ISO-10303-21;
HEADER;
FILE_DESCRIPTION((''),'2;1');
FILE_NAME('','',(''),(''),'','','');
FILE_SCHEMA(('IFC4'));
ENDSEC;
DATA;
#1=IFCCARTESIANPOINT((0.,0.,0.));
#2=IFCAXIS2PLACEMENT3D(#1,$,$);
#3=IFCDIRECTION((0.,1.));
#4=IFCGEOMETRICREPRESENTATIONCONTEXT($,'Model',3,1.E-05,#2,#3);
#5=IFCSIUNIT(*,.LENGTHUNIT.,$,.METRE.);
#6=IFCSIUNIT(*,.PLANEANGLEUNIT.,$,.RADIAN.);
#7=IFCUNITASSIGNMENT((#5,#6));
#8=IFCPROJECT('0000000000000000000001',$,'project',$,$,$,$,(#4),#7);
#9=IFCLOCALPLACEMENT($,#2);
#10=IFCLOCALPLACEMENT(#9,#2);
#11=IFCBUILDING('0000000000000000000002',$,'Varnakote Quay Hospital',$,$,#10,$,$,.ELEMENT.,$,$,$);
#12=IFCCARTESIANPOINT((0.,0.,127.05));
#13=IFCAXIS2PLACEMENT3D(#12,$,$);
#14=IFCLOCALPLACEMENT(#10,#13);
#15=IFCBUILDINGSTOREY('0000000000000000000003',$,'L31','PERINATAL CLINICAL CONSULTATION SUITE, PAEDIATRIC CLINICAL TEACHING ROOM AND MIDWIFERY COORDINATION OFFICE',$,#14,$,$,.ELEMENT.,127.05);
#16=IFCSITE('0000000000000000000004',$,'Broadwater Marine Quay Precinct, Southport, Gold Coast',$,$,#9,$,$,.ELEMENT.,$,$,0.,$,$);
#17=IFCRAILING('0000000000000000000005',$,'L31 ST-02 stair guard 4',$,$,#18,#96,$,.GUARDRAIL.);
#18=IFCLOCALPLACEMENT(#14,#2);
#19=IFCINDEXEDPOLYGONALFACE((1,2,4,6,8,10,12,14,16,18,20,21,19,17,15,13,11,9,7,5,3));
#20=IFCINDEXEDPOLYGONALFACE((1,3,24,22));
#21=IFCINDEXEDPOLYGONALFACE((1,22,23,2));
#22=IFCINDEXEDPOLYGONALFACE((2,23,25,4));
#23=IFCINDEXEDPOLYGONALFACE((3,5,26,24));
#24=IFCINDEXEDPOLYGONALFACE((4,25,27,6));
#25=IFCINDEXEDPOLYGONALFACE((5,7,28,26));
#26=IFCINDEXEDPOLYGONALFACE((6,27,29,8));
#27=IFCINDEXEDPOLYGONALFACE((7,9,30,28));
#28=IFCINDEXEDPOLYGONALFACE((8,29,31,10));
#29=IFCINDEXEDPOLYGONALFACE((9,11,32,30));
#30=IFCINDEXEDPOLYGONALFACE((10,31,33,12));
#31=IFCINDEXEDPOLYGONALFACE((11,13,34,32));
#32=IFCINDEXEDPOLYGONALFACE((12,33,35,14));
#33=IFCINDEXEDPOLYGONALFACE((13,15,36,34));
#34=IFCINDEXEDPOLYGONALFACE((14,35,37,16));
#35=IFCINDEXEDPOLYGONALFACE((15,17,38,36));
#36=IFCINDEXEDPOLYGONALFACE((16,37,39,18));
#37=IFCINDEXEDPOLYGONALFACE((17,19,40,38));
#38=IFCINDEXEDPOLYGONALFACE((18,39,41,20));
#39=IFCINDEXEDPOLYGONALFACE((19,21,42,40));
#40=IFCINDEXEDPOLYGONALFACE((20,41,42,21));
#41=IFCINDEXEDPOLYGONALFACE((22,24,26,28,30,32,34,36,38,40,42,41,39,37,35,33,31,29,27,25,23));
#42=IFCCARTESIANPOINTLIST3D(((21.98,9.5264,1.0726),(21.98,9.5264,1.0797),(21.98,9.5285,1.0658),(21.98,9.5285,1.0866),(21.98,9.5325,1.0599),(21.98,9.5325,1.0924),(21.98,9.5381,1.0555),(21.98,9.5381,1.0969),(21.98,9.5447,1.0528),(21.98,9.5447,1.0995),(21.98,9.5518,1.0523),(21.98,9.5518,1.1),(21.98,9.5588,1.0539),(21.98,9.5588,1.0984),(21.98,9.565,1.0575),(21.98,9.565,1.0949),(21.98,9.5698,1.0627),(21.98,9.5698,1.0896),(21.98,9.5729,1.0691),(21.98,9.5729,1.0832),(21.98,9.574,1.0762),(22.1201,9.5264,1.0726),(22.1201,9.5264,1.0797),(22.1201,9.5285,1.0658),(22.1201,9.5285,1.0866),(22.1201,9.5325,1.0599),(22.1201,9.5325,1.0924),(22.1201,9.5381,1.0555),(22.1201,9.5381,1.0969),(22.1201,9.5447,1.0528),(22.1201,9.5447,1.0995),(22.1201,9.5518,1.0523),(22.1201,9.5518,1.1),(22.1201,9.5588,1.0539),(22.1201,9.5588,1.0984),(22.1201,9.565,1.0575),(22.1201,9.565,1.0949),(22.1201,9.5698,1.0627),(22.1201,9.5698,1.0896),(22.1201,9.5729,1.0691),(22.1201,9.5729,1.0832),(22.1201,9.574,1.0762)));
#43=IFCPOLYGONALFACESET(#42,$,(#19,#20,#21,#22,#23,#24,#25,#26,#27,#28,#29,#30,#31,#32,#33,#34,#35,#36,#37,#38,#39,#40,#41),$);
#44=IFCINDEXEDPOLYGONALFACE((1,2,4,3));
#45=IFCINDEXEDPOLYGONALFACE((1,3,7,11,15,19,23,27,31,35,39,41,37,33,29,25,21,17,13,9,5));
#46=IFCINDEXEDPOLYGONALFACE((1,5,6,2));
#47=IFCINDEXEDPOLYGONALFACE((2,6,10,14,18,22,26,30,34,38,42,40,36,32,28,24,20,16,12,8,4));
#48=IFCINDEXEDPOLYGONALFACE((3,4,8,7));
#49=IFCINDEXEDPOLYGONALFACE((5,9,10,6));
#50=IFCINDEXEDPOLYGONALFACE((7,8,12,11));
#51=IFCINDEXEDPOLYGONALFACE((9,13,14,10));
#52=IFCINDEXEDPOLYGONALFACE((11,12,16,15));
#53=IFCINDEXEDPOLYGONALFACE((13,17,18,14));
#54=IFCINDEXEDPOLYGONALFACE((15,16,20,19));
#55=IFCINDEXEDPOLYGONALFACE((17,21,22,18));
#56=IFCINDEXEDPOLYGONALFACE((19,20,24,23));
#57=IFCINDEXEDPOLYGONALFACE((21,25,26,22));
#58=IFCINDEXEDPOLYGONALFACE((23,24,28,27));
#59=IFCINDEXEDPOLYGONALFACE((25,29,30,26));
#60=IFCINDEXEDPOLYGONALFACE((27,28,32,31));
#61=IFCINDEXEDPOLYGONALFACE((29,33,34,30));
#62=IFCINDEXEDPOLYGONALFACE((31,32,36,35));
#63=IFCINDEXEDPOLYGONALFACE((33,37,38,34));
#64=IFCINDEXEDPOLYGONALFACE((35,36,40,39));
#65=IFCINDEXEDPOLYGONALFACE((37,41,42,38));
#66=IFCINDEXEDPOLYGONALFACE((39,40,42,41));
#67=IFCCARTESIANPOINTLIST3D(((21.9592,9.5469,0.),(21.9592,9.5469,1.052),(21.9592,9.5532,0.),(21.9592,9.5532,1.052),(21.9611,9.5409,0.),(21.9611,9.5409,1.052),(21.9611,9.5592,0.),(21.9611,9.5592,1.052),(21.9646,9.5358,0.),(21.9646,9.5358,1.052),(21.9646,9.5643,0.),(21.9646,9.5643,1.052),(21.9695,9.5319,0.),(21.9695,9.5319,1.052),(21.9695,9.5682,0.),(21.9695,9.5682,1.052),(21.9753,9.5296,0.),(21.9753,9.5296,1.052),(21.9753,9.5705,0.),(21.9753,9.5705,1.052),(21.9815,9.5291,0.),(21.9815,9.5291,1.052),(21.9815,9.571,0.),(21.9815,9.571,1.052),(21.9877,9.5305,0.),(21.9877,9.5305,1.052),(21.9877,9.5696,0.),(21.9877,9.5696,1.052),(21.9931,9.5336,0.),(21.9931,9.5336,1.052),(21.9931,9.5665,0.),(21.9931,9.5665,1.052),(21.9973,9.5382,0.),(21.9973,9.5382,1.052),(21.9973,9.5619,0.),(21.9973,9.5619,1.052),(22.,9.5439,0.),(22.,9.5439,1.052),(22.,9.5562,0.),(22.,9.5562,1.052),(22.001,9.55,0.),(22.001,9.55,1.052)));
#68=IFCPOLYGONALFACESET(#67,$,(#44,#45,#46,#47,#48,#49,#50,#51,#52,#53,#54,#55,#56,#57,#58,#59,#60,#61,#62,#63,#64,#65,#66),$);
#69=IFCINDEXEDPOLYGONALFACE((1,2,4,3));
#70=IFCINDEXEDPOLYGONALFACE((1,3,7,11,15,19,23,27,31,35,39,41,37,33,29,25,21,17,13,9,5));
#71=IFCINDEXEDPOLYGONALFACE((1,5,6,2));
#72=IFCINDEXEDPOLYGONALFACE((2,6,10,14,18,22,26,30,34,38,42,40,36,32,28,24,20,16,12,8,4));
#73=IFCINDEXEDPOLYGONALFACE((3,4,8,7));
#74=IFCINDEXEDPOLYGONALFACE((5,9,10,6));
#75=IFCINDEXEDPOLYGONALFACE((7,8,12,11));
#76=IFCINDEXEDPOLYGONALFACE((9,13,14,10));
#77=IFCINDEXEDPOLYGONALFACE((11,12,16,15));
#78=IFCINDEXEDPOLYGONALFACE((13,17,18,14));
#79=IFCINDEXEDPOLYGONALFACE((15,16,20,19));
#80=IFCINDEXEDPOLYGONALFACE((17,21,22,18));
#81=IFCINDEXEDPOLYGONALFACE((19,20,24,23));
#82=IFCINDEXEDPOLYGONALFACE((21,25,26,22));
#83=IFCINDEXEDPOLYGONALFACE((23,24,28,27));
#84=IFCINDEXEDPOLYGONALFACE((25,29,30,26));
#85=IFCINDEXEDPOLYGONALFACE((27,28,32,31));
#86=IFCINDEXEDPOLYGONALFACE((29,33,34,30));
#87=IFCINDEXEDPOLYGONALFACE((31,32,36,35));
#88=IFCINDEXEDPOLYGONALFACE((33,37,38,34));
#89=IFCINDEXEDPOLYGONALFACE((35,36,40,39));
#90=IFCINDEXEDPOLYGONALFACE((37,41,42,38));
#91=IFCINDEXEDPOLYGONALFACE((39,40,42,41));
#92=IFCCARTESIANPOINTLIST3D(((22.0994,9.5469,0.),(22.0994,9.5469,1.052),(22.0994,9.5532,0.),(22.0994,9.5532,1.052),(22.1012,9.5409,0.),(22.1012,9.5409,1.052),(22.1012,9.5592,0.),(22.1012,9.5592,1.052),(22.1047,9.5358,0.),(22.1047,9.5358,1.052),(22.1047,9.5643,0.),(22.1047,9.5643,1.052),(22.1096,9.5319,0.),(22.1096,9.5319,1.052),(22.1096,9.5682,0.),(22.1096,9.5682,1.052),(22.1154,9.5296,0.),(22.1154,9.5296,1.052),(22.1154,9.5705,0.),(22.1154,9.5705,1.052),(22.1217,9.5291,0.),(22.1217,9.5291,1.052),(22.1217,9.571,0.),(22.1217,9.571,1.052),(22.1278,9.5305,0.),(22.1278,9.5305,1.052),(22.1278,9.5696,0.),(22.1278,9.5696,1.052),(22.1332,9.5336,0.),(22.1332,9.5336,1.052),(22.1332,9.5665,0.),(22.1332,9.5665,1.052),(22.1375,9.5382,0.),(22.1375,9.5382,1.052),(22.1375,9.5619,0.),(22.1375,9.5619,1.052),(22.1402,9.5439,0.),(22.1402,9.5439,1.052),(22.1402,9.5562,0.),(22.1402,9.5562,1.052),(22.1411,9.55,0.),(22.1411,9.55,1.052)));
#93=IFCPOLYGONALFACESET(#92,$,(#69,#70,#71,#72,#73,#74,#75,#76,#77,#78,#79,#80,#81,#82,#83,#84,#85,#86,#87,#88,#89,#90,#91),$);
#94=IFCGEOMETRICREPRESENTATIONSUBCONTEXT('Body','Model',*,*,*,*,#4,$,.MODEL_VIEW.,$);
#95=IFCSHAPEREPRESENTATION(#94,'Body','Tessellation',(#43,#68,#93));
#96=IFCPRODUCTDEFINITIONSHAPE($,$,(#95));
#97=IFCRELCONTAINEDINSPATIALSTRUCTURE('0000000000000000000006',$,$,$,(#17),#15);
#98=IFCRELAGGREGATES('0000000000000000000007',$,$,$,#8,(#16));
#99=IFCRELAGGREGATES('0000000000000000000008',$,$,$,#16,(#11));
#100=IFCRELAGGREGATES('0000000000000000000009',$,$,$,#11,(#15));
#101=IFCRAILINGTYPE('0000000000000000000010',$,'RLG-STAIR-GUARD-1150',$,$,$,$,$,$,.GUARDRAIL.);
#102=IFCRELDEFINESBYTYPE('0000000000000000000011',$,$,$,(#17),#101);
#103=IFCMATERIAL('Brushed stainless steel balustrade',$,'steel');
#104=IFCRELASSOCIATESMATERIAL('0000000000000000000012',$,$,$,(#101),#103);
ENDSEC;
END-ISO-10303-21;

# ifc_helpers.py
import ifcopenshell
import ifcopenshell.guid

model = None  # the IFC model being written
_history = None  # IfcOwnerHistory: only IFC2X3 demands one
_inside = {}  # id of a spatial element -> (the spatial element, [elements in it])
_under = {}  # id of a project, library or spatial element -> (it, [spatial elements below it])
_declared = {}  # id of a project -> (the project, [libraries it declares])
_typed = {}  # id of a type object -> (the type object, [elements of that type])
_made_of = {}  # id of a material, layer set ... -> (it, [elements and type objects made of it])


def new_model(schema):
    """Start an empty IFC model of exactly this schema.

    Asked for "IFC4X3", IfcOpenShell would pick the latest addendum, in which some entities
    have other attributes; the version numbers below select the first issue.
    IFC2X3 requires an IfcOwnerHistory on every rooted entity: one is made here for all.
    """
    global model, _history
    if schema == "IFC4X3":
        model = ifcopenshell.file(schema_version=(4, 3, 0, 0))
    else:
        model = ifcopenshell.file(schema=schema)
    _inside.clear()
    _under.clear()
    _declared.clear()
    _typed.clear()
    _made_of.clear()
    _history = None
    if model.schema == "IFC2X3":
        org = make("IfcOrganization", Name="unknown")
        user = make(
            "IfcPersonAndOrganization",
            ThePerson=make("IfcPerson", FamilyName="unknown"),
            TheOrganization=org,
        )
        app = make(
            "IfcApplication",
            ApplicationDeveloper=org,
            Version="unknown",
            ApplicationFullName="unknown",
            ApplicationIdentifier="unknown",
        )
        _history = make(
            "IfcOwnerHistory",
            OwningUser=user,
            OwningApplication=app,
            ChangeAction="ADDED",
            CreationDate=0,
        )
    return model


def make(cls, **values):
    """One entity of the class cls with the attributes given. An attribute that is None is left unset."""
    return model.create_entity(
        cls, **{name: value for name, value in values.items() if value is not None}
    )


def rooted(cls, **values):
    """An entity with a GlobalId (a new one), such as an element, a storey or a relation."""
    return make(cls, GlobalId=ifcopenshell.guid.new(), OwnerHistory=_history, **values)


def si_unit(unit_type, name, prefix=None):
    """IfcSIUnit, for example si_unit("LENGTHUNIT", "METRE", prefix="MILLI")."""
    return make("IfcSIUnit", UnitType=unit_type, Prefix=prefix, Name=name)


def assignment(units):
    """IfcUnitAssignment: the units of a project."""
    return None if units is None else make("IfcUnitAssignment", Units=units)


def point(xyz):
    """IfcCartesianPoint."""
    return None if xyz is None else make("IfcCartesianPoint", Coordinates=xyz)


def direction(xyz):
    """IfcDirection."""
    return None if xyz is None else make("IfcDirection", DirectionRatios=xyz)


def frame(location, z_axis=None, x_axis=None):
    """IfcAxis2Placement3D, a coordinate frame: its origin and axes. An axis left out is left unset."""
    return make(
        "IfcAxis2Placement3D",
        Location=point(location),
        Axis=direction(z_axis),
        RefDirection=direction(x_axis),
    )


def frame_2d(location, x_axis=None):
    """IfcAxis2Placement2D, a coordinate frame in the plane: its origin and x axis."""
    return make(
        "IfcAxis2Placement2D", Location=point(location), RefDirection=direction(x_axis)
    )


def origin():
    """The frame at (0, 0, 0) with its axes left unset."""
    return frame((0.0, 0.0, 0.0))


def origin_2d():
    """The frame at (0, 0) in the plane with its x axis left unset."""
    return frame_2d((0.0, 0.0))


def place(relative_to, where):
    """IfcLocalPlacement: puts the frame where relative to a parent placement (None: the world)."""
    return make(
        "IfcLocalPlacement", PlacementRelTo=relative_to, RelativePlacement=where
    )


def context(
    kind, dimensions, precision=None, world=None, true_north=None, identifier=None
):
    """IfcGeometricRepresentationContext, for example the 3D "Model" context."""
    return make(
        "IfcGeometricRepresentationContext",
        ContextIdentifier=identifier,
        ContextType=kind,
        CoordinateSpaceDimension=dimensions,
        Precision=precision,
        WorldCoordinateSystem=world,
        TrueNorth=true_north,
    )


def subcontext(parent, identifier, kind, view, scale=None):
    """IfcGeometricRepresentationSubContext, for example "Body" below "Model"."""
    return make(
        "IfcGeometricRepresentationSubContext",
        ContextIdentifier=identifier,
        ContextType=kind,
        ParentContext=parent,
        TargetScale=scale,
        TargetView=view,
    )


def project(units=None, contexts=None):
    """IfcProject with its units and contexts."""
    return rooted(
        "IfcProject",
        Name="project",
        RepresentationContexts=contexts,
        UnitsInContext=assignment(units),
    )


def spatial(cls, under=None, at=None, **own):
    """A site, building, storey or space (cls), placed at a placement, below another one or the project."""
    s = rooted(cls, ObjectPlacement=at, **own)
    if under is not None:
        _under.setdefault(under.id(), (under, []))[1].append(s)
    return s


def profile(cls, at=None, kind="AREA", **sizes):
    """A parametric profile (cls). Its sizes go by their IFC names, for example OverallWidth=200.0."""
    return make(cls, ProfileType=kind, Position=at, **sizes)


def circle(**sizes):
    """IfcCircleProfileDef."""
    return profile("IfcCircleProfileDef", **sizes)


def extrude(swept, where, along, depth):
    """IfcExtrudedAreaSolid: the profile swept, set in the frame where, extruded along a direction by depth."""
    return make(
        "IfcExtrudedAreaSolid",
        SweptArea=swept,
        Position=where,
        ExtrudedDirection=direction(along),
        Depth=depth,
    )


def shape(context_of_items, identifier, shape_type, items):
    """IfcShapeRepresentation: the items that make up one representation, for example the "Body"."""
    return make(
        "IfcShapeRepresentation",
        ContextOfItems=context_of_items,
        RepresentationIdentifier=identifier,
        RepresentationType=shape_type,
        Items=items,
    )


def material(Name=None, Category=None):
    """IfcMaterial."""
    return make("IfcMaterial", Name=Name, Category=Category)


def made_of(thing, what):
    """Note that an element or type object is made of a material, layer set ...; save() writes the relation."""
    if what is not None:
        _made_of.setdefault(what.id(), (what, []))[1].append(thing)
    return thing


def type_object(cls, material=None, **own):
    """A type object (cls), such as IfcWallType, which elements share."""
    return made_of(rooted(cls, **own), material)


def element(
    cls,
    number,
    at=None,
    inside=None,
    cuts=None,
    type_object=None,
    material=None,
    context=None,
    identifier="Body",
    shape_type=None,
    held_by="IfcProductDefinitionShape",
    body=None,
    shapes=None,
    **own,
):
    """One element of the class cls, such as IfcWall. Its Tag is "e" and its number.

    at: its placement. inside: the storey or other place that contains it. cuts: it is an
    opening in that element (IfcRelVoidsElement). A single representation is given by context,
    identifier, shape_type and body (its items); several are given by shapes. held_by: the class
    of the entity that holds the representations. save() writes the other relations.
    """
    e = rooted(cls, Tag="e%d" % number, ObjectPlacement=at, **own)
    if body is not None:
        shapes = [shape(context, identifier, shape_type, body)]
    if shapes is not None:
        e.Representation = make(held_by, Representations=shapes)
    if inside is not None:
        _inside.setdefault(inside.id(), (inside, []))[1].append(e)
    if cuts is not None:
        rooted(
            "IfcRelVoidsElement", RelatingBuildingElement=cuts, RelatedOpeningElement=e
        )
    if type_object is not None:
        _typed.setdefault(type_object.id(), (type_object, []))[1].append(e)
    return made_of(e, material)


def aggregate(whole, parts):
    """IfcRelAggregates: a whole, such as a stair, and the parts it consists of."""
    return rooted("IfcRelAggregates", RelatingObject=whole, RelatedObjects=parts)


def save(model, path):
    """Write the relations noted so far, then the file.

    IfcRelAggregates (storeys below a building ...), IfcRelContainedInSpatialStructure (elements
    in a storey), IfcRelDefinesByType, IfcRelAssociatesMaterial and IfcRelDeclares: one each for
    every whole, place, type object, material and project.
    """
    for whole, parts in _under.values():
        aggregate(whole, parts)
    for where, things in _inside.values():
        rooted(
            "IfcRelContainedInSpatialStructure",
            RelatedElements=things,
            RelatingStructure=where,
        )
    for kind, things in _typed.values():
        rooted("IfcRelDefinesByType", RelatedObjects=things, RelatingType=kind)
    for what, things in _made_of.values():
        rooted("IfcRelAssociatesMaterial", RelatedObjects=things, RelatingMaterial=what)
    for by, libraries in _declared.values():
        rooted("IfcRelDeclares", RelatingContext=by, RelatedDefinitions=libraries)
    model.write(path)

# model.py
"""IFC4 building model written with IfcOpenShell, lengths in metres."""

from ifc_helpers import new_model, si_unit, direction, frame, origin, origin_2d, place, context, subcontext, project, spatial, circle, extrude, material, type_object, element, save


model = new_model("IFC4")

# Units and contexts
model_context = context("Model", 3, precision=1e-05, world=origin(), true_north=direction((0.0, 1.0)))
body_context = subcontext(model_context, "Body", "Model", "MODEL_VIEW")
ifc_project = project(units=[si_unit("LENGTHUNIT", "METRE"), si_unit("PLANEANGLEUNIT", "RADIAN")], contexts=[model_context])

# Site, building, storey
site_placement = place(None, origin())
site = spatial("IfcSite", under=ifc_project, at=site_placement, Name="Broadwater Marine Quay Precinct, Southport, Gold Coast", CompositionType="ELEMENT", RefElevation=0.0)
building_placement = place(site_placement, origin())
building = spatial("IfcBuilding", under=site, at=building_placement, Name="Varnakote Quay Hospital", CompositionType="ELEMENT")
storey_placement = place(building_placement, frame((0.0, 0.0, 127.05)))
storey = spatial("IfcBuildingStorey", under=building, at=storey_placement, Name="L31", Description="PERINATAL CLINICAL CONSULTATION SUITE, PAEDIATRIC CLINICAL TEACHING ROOM AND MIDWIFERY COORDINATION OFFICE", CompositionType="ELEMENT", Elevation=127.05)

# Railing
ifc_material_1 = material(Name="Brushed stainless steel balustrade", Category="steel")
railing_type_1 = type_object("IfcRailingType", Name="RLG-STAIR-GUARD-1150", PredefinedType="GUARDRAIL", material=ifc_material_1)
railing_1_placement = place(storey_placement, frame((21.98, 9.55, 0.0)))
element("IfcRailing", 1, at=railing_1_placement, inside=storey, type_object=railing_type_1, Name="L31 ST-02 stair guard 4", PredefinedType="GUARDRAIL", context=body_context, shape_type="SweptSolid", body=[
    extrude(circle(Radius=0.0239, at=origin_2d()), frame((0.0, 0.0, 1.0762), z_axis=(1.0, 0.0, 0.0), x_axis=(0.0, 1.0, 0.0)), (0.0, 0.0, 1.0), 0.1401),
    extrude(circle(Radius=0.021, at=origin_2d()), origin(), (0.0, 0.0, 1.0), 1.052),
    extrude(circle(Radius=0.021, at=origin_2d()), frame((0.1401, 0.0, 0.0)), (0.0, 0.0, 1.0), 1.052),
])

save(model, "model.ifc")
